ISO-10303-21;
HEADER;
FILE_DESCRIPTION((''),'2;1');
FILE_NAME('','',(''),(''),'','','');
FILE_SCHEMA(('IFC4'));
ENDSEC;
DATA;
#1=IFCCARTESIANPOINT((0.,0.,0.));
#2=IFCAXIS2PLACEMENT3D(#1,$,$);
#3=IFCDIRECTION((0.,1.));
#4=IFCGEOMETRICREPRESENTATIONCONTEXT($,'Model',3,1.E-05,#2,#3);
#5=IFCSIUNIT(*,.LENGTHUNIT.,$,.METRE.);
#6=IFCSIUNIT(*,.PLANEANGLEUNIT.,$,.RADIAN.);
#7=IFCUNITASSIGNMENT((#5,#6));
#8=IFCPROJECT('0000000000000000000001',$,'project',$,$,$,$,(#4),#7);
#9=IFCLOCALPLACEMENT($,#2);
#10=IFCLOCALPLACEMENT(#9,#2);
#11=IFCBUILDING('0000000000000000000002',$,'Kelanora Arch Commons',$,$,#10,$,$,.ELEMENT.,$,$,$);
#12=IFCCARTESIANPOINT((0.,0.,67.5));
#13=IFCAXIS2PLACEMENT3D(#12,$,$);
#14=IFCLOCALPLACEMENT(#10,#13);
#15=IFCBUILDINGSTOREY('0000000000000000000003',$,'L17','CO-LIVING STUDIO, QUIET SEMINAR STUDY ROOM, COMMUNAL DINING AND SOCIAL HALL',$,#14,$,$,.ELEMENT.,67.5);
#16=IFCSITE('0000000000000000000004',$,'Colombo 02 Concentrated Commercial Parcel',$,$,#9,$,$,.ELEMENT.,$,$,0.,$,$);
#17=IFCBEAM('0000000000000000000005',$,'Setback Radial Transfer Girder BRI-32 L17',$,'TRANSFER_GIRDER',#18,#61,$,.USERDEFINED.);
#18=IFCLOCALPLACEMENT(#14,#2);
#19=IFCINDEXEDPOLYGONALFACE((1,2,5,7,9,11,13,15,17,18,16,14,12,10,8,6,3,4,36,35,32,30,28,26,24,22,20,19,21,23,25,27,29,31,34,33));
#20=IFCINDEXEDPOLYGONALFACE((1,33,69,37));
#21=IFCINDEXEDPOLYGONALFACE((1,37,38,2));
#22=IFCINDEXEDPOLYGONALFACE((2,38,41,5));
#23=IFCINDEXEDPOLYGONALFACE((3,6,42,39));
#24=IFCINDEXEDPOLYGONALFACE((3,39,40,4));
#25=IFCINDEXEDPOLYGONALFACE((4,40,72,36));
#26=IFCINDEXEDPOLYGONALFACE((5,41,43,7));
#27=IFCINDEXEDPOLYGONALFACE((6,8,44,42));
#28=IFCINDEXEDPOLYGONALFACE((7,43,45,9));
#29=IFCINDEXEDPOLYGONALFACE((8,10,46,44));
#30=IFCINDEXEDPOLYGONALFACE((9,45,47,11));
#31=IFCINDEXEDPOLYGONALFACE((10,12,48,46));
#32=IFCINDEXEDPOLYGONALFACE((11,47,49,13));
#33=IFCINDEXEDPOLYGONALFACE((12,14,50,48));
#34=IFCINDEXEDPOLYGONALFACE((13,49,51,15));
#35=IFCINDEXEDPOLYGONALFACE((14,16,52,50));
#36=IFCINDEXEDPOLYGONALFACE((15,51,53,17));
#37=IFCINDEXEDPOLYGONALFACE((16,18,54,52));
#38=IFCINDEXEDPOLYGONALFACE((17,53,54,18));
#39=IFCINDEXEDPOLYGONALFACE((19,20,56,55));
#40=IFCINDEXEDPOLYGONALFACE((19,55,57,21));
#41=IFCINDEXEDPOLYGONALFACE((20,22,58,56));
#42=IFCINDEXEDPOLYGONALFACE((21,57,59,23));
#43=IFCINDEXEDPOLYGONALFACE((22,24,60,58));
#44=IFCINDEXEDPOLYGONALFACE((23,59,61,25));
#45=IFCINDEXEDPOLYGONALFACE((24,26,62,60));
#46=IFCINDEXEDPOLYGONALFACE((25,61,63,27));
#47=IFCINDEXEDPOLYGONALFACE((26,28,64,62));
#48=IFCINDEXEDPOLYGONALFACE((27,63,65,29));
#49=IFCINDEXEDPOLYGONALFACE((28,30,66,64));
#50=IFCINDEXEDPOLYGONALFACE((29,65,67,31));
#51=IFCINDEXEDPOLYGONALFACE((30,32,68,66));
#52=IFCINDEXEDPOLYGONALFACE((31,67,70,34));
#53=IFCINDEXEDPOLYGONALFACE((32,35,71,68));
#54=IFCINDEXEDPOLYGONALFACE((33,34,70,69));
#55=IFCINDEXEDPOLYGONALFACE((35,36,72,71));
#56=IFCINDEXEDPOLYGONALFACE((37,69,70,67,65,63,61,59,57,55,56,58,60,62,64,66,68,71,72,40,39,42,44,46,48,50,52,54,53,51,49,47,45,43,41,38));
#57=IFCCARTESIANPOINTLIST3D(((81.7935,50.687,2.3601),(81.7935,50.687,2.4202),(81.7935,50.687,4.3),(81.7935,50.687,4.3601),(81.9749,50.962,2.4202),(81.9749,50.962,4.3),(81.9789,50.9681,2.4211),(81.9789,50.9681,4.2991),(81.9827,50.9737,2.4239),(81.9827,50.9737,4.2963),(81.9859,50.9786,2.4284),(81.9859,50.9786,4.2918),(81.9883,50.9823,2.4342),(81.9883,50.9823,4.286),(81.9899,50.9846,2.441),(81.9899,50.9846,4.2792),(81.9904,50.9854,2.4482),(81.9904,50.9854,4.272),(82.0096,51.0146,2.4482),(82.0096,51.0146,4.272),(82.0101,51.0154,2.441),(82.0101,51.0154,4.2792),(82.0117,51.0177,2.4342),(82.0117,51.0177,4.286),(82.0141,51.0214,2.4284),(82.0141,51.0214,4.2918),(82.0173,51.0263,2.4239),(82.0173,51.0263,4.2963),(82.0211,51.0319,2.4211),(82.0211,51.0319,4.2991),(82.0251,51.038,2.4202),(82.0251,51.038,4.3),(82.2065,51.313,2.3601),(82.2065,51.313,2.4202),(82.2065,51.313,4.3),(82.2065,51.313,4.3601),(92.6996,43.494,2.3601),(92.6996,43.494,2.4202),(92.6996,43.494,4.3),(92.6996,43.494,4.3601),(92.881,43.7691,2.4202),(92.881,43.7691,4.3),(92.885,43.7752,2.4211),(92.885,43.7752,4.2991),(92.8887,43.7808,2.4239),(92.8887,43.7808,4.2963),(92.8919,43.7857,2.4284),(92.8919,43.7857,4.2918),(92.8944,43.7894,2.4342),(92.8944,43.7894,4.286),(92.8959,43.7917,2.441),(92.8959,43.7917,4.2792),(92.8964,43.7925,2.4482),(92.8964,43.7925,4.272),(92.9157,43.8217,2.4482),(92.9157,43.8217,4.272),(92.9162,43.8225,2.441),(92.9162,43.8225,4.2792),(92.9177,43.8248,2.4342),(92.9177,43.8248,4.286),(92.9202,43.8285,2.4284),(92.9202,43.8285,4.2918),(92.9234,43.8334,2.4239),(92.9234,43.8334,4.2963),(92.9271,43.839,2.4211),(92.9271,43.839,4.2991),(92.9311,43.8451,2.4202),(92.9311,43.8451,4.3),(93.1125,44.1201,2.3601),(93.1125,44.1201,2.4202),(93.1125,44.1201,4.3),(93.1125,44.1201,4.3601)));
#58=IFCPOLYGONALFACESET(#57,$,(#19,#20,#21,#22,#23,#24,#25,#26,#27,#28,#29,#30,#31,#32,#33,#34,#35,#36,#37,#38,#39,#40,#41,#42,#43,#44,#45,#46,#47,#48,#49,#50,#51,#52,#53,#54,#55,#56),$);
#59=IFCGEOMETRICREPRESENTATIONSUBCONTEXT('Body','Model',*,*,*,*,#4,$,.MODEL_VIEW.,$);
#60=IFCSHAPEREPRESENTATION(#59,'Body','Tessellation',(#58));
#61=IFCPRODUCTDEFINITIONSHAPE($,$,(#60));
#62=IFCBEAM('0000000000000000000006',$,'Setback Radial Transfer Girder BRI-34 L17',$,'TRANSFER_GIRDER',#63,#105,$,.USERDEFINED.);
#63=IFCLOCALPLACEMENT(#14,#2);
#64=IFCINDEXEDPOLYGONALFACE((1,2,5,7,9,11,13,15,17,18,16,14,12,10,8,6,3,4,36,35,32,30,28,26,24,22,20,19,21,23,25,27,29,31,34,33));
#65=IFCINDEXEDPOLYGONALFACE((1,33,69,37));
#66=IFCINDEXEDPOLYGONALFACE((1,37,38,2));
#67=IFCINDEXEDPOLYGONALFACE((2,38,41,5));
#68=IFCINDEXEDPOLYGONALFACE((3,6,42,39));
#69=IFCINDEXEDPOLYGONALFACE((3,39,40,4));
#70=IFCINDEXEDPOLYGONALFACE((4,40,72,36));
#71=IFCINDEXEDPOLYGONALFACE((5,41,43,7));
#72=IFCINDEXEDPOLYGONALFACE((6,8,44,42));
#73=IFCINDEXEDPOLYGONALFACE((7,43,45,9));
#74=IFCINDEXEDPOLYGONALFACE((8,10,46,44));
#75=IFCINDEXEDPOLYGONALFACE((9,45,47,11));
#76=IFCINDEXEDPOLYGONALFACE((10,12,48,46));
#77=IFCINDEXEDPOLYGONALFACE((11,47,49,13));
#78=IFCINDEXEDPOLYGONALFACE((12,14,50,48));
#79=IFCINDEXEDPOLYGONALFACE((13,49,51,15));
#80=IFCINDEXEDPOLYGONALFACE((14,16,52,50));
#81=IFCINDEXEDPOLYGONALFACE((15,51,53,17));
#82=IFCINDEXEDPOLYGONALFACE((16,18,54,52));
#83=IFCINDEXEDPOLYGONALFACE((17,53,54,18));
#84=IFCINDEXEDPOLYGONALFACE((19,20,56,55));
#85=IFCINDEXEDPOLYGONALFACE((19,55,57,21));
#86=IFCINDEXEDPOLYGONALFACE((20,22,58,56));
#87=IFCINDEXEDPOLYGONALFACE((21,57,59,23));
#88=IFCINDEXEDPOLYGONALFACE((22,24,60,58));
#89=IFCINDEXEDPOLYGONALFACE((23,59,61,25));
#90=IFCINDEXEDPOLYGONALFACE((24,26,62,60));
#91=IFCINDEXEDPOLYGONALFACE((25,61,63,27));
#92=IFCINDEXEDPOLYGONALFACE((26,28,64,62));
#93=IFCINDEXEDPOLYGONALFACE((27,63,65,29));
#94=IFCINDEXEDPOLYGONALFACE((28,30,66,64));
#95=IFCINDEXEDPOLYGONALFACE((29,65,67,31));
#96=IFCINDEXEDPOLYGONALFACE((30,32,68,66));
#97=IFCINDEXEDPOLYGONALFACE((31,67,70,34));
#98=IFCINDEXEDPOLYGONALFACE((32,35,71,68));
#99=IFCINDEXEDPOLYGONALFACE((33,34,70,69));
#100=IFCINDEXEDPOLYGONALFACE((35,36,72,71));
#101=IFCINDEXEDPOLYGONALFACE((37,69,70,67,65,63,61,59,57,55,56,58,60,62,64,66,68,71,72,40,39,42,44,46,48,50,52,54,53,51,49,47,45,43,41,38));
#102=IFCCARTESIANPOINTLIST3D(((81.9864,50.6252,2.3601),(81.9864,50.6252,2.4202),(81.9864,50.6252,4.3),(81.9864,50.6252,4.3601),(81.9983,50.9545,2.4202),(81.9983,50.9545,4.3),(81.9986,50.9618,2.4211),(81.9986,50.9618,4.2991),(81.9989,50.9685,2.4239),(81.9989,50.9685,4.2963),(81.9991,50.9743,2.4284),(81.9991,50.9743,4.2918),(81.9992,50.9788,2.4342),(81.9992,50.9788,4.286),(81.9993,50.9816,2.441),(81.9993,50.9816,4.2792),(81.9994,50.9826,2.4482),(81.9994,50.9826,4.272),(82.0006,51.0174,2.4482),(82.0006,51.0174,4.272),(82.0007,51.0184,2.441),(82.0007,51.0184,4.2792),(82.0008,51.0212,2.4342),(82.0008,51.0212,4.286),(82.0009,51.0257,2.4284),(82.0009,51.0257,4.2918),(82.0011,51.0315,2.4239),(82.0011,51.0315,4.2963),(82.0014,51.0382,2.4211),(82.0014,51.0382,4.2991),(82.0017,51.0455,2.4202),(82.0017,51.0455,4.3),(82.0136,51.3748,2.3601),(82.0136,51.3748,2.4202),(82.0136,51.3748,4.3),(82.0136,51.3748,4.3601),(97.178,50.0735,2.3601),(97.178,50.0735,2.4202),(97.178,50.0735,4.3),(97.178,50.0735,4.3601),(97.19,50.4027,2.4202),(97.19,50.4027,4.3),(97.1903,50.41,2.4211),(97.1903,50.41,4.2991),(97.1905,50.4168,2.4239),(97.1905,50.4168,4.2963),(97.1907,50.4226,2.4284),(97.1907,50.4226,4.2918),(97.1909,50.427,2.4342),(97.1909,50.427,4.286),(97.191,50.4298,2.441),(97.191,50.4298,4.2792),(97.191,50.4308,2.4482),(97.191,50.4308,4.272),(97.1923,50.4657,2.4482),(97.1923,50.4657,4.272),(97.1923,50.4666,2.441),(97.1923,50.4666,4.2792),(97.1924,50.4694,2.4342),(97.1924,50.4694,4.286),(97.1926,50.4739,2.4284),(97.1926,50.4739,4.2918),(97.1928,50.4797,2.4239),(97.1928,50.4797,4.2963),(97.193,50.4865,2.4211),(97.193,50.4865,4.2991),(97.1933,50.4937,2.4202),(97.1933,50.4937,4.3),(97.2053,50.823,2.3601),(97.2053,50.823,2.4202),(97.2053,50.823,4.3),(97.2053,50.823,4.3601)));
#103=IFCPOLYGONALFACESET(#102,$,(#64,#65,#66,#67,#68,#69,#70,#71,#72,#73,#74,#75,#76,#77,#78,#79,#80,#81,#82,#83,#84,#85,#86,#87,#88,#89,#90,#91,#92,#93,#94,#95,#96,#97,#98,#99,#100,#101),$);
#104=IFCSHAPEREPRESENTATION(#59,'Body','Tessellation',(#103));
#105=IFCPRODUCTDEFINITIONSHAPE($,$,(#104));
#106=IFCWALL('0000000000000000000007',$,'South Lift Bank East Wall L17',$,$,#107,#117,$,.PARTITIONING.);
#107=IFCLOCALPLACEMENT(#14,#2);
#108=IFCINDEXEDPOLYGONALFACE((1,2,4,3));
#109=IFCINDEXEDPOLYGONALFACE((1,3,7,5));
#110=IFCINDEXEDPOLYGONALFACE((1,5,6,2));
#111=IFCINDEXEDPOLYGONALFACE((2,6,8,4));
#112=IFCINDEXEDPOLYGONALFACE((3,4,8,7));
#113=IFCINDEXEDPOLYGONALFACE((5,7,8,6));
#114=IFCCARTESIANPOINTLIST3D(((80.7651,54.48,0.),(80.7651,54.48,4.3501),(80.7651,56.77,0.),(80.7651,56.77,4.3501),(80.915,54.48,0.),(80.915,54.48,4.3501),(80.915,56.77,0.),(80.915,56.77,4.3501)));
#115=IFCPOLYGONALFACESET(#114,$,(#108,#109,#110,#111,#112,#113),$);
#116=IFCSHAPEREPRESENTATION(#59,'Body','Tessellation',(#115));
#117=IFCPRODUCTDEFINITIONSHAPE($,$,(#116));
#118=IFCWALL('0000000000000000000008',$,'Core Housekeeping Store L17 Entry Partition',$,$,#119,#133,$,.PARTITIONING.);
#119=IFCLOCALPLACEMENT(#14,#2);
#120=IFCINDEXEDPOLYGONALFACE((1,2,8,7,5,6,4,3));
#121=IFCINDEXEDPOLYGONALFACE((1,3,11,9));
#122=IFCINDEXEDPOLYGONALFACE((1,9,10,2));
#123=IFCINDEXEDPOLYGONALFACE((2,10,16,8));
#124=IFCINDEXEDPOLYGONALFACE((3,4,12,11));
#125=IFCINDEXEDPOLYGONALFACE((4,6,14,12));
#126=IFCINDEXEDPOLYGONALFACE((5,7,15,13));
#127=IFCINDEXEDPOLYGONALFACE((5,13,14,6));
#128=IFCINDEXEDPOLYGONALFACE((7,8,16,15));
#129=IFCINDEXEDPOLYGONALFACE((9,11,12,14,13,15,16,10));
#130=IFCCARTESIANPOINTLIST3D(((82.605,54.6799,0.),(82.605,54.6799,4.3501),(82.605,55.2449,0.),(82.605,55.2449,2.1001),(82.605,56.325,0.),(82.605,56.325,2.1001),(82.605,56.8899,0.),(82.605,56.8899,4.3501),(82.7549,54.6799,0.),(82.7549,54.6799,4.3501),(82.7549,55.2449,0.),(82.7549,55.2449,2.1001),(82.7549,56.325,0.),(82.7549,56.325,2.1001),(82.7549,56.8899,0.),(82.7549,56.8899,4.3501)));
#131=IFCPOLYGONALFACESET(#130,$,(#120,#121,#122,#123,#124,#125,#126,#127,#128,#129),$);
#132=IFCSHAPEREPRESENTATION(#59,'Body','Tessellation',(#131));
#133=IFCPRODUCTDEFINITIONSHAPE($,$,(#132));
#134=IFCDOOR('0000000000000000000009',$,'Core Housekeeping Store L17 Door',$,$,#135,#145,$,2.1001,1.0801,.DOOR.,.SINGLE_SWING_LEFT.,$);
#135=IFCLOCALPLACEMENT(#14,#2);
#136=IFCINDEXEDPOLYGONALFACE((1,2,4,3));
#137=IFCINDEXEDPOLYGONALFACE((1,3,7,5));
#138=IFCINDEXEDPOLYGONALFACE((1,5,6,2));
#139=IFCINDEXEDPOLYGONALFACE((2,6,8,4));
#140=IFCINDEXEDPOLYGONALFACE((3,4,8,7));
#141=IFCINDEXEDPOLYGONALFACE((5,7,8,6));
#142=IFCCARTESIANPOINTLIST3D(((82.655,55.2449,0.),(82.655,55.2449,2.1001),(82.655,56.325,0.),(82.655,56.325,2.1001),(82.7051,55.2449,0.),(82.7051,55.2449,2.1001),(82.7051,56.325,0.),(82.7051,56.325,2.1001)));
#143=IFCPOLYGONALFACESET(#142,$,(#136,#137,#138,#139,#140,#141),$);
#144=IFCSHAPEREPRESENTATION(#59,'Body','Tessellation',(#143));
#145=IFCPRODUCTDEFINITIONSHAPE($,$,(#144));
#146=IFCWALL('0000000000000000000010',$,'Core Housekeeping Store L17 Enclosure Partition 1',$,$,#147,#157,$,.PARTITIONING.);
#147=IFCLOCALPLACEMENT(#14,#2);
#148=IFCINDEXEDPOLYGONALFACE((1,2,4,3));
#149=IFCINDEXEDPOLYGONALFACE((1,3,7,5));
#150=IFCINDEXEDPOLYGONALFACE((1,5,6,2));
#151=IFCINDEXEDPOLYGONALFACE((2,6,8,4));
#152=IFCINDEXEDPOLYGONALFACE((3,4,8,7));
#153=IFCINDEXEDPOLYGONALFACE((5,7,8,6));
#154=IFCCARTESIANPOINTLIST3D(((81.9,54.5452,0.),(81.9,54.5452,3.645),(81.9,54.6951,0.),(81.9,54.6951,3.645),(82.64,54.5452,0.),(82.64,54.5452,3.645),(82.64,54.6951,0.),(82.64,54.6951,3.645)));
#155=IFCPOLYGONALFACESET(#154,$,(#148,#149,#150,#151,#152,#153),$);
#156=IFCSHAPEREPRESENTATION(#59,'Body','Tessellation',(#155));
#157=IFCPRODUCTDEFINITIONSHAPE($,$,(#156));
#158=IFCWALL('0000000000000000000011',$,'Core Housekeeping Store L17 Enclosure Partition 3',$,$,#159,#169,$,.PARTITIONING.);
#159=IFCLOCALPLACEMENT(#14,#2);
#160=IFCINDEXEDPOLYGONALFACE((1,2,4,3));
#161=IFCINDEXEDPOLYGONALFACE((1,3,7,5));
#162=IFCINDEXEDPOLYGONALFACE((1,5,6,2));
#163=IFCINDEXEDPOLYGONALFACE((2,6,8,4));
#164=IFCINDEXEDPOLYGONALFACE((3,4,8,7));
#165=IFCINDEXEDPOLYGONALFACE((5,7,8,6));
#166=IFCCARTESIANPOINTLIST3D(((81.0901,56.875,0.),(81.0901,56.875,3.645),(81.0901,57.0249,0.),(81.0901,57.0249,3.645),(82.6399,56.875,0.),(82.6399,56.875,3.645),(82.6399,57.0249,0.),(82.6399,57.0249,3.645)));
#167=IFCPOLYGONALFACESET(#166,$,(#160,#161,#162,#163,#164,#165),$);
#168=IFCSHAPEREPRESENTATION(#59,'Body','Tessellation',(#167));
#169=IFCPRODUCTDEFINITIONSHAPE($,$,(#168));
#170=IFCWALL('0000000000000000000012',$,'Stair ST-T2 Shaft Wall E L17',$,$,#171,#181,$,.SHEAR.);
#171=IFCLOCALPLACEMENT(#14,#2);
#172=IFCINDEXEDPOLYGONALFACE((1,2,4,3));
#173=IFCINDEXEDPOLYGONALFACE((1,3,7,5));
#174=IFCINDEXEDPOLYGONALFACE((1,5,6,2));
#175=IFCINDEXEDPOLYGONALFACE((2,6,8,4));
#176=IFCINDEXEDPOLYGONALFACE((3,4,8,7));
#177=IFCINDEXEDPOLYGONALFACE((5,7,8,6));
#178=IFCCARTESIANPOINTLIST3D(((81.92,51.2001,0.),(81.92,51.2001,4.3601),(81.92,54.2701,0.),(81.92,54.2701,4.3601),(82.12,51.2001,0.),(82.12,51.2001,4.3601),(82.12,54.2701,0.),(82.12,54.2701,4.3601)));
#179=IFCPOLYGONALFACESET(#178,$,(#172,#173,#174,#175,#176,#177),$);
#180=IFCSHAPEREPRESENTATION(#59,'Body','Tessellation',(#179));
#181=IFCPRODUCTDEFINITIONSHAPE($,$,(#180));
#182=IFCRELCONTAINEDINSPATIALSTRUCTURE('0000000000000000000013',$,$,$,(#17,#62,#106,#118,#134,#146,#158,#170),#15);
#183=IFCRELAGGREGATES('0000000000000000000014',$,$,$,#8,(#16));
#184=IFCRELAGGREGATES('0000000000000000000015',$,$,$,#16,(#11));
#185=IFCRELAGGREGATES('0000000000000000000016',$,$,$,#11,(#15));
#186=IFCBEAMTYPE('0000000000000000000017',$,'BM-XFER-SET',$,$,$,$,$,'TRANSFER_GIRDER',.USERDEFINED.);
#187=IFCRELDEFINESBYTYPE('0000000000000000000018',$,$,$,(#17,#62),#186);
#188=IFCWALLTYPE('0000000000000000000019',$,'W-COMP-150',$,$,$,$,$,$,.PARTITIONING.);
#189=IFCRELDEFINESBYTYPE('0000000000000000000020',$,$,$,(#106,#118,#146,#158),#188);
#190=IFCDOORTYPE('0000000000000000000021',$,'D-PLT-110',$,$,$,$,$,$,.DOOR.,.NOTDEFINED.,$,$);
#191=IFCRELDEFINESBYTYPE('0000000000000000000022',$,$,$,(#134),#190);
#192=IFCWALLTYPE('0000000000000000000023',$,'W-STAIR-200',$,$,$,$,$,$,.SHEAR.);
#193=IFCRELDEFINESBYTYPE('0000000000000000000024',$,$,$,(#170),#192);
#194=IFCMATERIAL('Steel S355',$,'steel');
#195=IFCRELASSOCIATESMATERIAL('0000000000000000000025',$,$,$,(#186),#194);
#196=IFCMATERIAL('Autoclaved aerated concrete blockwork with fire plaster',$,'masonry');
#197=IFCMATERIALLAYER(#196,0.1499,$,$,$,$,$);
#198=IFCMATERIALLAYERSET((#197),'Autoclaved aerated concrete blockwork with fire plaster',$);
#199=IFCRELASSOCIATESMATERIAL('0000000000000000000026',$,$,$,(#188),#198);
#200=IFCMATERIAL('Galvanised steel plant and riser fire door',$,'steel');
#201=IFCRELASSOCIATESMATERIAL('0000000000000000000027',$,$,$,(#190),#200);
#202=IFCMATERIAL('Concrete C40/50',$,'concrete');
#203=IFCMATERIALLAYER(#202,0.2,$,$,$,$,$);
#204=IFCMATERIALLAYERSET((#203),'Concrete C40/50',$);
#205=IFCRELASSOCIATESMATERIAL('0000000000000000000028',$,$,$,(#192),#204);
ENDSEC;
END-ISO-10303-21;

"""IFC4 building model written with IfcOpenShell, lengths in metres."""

from ifc_helpers import new_model, si_unit, direction, frame, frame_2d, origin, origin_2d, place, context, subcontext, project, spatial, rectangle, i_section, extrude, material, layer, layer_set, material_profile, profile_set, type_object, element, fill, save


model = new_model("IFC4")

# Units and contexts
model_context = context("Model", 3, precision=1e-05, world=origin(), true_north=direction((0.0, 1.0)))
body_context = subcontext(model_context, "Body", "Model", "MODEL_VIEW")
ifc_project = project(units=[si_unit("LENGTHUNIT", "METRE"), si_unit("PLANEANGLEUNIT", "RADIAN")], contexts=[model_context])

# Site, building, storey
site_placement = place(None, origin())
site = spatial("IfcSite", under=ifc_project, at=site_placement, Name="Colombo 02 Concentrated Commercial Parcel", CompositionType="ELEMENT", RefElevation=0.0)
building_placement = place(site_placement, origin())
building = spatial("IfcBuilding", under=site, at=building_placement, Name="Kelanora Arch Commons", CompositionType="ELEMENT")
storey_placement = place(building_placement, frame((0.0, 0.0, 67.5)))
storey = spatial("IfcBuildingStorey", under=building, at=storey_placement, Name="L17", Description="CO-LIVING STUDIO, QUIET SEMINAR STUDY ROOM, COMMUNAL DINING AND SOCIAL HALL", CompositionType="ELEMENT", Elevation=67.5)

# Beams
ifc_material_1 = material(Name="Steel S355", Category="steel")
ifc_material_profile = material_profile(ifc_material_1, i_section(OverallWidth=0.75, OverallDepth=2.0, WebThickness=0.0349, FlangeThickness=0.0601, FilletRadius=0.0281, at=origin_2d()), Name="PG2000x750")
ifc_profile_set = profile_set([ifc_material_profile], Name="Steel S355")
beam_type = type_object("IfcBeamType", Name="BM-XFER-SET", ElementType="TRANSFER_GIRDER", PredefinedType="USERDEFINED", material=ifc_profile_set)
beam_1_placement = place(storey_placement, frame((82.0, 51.0, 3.3601), z_axis=(0.834789, -0.550571, 0.0), x_axis=(0.550571, 0.834789, 0.0)))
element("IfcBeam", 1, at=beam_1_placement, inside=storey, type_object=beam_type, Name="Setback Radial Transfer Girder BRI-32 L17", ObjectType="TRANSFER_GIRDER", PredefinedType="USERDEFINED", context=body_context, shape_type="SweptSolid", body=[
    extrude(i_section(OverallWidth=0.75, OverallDepth=2.0, WebThickness=0.0349, FlangeThickness=0.0601, FilletRadius=0.0281, at=origin_2d()), origin(), (0.0, 0.0, 1.0), 13.0645),
])
beam_2_placement = place(storey_placement, frame((82.0, 51.0, 3.3601), z_axis=(0.999341, -0.036296, 0.0), x_axis=(0.036296, 0.999341, 0.0)))
element("IfcBeam", 2, at=beam_2_placement, inside=storey, type_object=beam_type, Name="Setback Radial Transfer Girder BRI-34 L17", ObjectType="TRANSFER_GIRDER", PredefinedType="USERDEFINED", context=body_context, shape_type="SweptSolid", body=[
    extrude(i_section(OverallWidth=0.75, OverallDepth=2.0, WebThickness=0.0349, FlangeThickness=0.0601, FilletRadius=0.0281, at=origin_2d()), origin(), (0.0, 0.0, 1.0), 15.2017),
])

# Wall
ifc_material_2 = material(Name="Autoclaved aerated concrete blockwork with fire plaster", Category="masonry")
ifc_layer_1 = layer(ifc_material_2, 0.1499)
ifc_layer_set_1 = layer_set([ifc_layer_1], Name="Autoclaved aerated concrete blockwork with fire plaster")
wall_type_1 = type_object("IfcWallType", Name="W-COMP-150", PredefinedType="PARTITIONING", material=ifc_layer_set_1)
wall_1_placement = place(storey_placement, frame((80.8401, 54.48, 0.0), z_axis=(0.0, 0.0, 1.0), x_axis=(0.0, 1.0, 0.0)))
element("IfcWall", 3, at=wall_1_placement, inside=storey, type_object=wall_type_1, Name="South Lift Bank East Wall L17", PredefinedType="PARTITIONING", context=body_context, shape_type="SweptSolid", body=[
    extrude(rectangle(XDim=2.29, YDim=0.1499, at=frame_2d((1.145, 0.0))), origin(), (0.0, 0.0, 1.0), 4.3501),
])

# Wall, opening, door
wall_2_placement = place(storey_placement, frame((82.6799, 54.6799, 0.0), z_axis=(0.0, 0.0, 1.0), x_axis=(0.0, 1.0, 0.0)))
wall_2 = element("IfcWall", 4, at=wall_2_placement, inside=storey, type_object=wall_type_1, Name="Core Housekeeping Store L17 Entry Partition", PredefinedType="PARTITIONING", context=body_context, shape_type="SweptSolid", body=[
    extrude(rectangle(XDim=2.21, YDim=0.1499, at=frame_2d((1.105, 0.0))), origin(), (0.0, 0.0, 1.0), 4.3501),
])
opening_placement = place(wall_2_placement, frame((0.5649, 0.0, 0.0)))
opening = element("IfcOpeningElement", 5, at=opening_placement, cuts=wall_2, PredefinedType="OPENING", context=body_context, shape_type="SweptSolid", body=[
    extrude(rectangle(XDim=1.0801, YDim=2.1001, at=frame_2d((0.54, 1.05))), frame((0.0, 0.085, 0.0), z_axis=(0.0, -1.0, 0.0), x_axis=(1.0, 0.0, 0.0)), (0.0, 0.0, 1.0), 0.1699),
])
ifc_material_3 = material(Name="Galvanised steel plant and riser fire door", Category="steel")
door_type = type_object("IfcDoorType", Name="D-PLT-110", OperationType="NOTDEFINED", PredefinedType="DOOR", material=ifc_material_3)
door_placement = place(opening_placement, origin())
door = element("IfcDoor", 6, at=door_placement, inside=storey, type_object=door_type, Name="Core Housekeeping Store L17 Door", OperationType="SINGLE_SWING_LEFT", OverallHeight=2.1001, OverallWidth=1.0801, PredefinedType="DOOR", context=body_context, shape_type="SweptSolid", body=[
    extrude(rectangle(XDim=1.0801, YDim=2.1001, at=frame_2d((0.54, 1.05))), frame((0.0, 0.0249, 0.0), z_axis=(0.0, -1.0, 0.0), x_axis=(1.0, 0.0, 0.0)), (0.0, 0.0, 1.0), 0.05),
])
fill(opening, door)

# Walls
wall_3_placement = place(storey_placement, frame((81.8999, 54.6201, 0.0), z_axis=(0.0, 0.0, 1.0), x_axis=(1.0, 0.0, 0.0)))
element("IfcWall", 7, at=wall_3_placement, inside=storey, type_object=wall_type_1, Name="Core Housekeeping Store L17 Enclosure Partition 1", PredefinedType="PARTITIONING", context=body_context, shape_type="SweptSolid", body=[
    extrude(rectangle(XDim=0.74, YDim=0.1499, at=frame_2d((0.3701, 0.0))), origin(), (0.0, 0.0, 1.0), 3.645),
])
wall_4_placement = place(storey_placement, frame((82.6399, 56.95, 0.0), z_axis=(0.0, 0.0, 1.0), x_axis=(-1.0, 0.0, 0.0)))
element("IfcWall", 8, at=wall_4_placement, inside=storey, type_object=wall_type_1, Name="Core Housekeeping Store L17 Enclosure Partition 3", PredefinedType="PARTITIONING", context=body_context, shape_type="SweptSolid", body=[
    extrude(rectangle(XDim=1.5498, YDim=0.1499, at=frame_2d((0.7749, 0.0))), origin(), (0.0, 0.0, 1.0), 3.645),
])
ifc_material_4 = material(Name="Concrete C40/50", Category="concrete")
ifc_layer_2 = layer(ifc_material_4, 0.2)
ifc_layer_set_2 = layer_set([ifc_layer_2], Name="Concrete C40/50")
wall_type_2 = type_object("IfcWallType", Name="W-STAIR-200", PredefinedType="SHEAR", material=ifc_layer_set_2)
wall_5_placement = place(storey_placement, frame((82.02, 51.2, 0.0), z_axis=(0.0, 0.0, 1.0), x_axis=(0.0, 1.0, 0.0)))
element("IfcWall", 9, at=wall_5_placement, inside=storey, type_object=wall_type_2, Name="Stair ST-T2 Shaft Wall E L17", PredefinedType="SHEAR", context=body_context, shape_type="SweptSolid", body=[
    extrude(rectangle(XDim=3.0701, YDim=0.2, at=frame_2d((1.5352, 0.0))), origin(), (0.0, 0.0, 1.0), 4.3601),
])

save(model, "model.ifc")
